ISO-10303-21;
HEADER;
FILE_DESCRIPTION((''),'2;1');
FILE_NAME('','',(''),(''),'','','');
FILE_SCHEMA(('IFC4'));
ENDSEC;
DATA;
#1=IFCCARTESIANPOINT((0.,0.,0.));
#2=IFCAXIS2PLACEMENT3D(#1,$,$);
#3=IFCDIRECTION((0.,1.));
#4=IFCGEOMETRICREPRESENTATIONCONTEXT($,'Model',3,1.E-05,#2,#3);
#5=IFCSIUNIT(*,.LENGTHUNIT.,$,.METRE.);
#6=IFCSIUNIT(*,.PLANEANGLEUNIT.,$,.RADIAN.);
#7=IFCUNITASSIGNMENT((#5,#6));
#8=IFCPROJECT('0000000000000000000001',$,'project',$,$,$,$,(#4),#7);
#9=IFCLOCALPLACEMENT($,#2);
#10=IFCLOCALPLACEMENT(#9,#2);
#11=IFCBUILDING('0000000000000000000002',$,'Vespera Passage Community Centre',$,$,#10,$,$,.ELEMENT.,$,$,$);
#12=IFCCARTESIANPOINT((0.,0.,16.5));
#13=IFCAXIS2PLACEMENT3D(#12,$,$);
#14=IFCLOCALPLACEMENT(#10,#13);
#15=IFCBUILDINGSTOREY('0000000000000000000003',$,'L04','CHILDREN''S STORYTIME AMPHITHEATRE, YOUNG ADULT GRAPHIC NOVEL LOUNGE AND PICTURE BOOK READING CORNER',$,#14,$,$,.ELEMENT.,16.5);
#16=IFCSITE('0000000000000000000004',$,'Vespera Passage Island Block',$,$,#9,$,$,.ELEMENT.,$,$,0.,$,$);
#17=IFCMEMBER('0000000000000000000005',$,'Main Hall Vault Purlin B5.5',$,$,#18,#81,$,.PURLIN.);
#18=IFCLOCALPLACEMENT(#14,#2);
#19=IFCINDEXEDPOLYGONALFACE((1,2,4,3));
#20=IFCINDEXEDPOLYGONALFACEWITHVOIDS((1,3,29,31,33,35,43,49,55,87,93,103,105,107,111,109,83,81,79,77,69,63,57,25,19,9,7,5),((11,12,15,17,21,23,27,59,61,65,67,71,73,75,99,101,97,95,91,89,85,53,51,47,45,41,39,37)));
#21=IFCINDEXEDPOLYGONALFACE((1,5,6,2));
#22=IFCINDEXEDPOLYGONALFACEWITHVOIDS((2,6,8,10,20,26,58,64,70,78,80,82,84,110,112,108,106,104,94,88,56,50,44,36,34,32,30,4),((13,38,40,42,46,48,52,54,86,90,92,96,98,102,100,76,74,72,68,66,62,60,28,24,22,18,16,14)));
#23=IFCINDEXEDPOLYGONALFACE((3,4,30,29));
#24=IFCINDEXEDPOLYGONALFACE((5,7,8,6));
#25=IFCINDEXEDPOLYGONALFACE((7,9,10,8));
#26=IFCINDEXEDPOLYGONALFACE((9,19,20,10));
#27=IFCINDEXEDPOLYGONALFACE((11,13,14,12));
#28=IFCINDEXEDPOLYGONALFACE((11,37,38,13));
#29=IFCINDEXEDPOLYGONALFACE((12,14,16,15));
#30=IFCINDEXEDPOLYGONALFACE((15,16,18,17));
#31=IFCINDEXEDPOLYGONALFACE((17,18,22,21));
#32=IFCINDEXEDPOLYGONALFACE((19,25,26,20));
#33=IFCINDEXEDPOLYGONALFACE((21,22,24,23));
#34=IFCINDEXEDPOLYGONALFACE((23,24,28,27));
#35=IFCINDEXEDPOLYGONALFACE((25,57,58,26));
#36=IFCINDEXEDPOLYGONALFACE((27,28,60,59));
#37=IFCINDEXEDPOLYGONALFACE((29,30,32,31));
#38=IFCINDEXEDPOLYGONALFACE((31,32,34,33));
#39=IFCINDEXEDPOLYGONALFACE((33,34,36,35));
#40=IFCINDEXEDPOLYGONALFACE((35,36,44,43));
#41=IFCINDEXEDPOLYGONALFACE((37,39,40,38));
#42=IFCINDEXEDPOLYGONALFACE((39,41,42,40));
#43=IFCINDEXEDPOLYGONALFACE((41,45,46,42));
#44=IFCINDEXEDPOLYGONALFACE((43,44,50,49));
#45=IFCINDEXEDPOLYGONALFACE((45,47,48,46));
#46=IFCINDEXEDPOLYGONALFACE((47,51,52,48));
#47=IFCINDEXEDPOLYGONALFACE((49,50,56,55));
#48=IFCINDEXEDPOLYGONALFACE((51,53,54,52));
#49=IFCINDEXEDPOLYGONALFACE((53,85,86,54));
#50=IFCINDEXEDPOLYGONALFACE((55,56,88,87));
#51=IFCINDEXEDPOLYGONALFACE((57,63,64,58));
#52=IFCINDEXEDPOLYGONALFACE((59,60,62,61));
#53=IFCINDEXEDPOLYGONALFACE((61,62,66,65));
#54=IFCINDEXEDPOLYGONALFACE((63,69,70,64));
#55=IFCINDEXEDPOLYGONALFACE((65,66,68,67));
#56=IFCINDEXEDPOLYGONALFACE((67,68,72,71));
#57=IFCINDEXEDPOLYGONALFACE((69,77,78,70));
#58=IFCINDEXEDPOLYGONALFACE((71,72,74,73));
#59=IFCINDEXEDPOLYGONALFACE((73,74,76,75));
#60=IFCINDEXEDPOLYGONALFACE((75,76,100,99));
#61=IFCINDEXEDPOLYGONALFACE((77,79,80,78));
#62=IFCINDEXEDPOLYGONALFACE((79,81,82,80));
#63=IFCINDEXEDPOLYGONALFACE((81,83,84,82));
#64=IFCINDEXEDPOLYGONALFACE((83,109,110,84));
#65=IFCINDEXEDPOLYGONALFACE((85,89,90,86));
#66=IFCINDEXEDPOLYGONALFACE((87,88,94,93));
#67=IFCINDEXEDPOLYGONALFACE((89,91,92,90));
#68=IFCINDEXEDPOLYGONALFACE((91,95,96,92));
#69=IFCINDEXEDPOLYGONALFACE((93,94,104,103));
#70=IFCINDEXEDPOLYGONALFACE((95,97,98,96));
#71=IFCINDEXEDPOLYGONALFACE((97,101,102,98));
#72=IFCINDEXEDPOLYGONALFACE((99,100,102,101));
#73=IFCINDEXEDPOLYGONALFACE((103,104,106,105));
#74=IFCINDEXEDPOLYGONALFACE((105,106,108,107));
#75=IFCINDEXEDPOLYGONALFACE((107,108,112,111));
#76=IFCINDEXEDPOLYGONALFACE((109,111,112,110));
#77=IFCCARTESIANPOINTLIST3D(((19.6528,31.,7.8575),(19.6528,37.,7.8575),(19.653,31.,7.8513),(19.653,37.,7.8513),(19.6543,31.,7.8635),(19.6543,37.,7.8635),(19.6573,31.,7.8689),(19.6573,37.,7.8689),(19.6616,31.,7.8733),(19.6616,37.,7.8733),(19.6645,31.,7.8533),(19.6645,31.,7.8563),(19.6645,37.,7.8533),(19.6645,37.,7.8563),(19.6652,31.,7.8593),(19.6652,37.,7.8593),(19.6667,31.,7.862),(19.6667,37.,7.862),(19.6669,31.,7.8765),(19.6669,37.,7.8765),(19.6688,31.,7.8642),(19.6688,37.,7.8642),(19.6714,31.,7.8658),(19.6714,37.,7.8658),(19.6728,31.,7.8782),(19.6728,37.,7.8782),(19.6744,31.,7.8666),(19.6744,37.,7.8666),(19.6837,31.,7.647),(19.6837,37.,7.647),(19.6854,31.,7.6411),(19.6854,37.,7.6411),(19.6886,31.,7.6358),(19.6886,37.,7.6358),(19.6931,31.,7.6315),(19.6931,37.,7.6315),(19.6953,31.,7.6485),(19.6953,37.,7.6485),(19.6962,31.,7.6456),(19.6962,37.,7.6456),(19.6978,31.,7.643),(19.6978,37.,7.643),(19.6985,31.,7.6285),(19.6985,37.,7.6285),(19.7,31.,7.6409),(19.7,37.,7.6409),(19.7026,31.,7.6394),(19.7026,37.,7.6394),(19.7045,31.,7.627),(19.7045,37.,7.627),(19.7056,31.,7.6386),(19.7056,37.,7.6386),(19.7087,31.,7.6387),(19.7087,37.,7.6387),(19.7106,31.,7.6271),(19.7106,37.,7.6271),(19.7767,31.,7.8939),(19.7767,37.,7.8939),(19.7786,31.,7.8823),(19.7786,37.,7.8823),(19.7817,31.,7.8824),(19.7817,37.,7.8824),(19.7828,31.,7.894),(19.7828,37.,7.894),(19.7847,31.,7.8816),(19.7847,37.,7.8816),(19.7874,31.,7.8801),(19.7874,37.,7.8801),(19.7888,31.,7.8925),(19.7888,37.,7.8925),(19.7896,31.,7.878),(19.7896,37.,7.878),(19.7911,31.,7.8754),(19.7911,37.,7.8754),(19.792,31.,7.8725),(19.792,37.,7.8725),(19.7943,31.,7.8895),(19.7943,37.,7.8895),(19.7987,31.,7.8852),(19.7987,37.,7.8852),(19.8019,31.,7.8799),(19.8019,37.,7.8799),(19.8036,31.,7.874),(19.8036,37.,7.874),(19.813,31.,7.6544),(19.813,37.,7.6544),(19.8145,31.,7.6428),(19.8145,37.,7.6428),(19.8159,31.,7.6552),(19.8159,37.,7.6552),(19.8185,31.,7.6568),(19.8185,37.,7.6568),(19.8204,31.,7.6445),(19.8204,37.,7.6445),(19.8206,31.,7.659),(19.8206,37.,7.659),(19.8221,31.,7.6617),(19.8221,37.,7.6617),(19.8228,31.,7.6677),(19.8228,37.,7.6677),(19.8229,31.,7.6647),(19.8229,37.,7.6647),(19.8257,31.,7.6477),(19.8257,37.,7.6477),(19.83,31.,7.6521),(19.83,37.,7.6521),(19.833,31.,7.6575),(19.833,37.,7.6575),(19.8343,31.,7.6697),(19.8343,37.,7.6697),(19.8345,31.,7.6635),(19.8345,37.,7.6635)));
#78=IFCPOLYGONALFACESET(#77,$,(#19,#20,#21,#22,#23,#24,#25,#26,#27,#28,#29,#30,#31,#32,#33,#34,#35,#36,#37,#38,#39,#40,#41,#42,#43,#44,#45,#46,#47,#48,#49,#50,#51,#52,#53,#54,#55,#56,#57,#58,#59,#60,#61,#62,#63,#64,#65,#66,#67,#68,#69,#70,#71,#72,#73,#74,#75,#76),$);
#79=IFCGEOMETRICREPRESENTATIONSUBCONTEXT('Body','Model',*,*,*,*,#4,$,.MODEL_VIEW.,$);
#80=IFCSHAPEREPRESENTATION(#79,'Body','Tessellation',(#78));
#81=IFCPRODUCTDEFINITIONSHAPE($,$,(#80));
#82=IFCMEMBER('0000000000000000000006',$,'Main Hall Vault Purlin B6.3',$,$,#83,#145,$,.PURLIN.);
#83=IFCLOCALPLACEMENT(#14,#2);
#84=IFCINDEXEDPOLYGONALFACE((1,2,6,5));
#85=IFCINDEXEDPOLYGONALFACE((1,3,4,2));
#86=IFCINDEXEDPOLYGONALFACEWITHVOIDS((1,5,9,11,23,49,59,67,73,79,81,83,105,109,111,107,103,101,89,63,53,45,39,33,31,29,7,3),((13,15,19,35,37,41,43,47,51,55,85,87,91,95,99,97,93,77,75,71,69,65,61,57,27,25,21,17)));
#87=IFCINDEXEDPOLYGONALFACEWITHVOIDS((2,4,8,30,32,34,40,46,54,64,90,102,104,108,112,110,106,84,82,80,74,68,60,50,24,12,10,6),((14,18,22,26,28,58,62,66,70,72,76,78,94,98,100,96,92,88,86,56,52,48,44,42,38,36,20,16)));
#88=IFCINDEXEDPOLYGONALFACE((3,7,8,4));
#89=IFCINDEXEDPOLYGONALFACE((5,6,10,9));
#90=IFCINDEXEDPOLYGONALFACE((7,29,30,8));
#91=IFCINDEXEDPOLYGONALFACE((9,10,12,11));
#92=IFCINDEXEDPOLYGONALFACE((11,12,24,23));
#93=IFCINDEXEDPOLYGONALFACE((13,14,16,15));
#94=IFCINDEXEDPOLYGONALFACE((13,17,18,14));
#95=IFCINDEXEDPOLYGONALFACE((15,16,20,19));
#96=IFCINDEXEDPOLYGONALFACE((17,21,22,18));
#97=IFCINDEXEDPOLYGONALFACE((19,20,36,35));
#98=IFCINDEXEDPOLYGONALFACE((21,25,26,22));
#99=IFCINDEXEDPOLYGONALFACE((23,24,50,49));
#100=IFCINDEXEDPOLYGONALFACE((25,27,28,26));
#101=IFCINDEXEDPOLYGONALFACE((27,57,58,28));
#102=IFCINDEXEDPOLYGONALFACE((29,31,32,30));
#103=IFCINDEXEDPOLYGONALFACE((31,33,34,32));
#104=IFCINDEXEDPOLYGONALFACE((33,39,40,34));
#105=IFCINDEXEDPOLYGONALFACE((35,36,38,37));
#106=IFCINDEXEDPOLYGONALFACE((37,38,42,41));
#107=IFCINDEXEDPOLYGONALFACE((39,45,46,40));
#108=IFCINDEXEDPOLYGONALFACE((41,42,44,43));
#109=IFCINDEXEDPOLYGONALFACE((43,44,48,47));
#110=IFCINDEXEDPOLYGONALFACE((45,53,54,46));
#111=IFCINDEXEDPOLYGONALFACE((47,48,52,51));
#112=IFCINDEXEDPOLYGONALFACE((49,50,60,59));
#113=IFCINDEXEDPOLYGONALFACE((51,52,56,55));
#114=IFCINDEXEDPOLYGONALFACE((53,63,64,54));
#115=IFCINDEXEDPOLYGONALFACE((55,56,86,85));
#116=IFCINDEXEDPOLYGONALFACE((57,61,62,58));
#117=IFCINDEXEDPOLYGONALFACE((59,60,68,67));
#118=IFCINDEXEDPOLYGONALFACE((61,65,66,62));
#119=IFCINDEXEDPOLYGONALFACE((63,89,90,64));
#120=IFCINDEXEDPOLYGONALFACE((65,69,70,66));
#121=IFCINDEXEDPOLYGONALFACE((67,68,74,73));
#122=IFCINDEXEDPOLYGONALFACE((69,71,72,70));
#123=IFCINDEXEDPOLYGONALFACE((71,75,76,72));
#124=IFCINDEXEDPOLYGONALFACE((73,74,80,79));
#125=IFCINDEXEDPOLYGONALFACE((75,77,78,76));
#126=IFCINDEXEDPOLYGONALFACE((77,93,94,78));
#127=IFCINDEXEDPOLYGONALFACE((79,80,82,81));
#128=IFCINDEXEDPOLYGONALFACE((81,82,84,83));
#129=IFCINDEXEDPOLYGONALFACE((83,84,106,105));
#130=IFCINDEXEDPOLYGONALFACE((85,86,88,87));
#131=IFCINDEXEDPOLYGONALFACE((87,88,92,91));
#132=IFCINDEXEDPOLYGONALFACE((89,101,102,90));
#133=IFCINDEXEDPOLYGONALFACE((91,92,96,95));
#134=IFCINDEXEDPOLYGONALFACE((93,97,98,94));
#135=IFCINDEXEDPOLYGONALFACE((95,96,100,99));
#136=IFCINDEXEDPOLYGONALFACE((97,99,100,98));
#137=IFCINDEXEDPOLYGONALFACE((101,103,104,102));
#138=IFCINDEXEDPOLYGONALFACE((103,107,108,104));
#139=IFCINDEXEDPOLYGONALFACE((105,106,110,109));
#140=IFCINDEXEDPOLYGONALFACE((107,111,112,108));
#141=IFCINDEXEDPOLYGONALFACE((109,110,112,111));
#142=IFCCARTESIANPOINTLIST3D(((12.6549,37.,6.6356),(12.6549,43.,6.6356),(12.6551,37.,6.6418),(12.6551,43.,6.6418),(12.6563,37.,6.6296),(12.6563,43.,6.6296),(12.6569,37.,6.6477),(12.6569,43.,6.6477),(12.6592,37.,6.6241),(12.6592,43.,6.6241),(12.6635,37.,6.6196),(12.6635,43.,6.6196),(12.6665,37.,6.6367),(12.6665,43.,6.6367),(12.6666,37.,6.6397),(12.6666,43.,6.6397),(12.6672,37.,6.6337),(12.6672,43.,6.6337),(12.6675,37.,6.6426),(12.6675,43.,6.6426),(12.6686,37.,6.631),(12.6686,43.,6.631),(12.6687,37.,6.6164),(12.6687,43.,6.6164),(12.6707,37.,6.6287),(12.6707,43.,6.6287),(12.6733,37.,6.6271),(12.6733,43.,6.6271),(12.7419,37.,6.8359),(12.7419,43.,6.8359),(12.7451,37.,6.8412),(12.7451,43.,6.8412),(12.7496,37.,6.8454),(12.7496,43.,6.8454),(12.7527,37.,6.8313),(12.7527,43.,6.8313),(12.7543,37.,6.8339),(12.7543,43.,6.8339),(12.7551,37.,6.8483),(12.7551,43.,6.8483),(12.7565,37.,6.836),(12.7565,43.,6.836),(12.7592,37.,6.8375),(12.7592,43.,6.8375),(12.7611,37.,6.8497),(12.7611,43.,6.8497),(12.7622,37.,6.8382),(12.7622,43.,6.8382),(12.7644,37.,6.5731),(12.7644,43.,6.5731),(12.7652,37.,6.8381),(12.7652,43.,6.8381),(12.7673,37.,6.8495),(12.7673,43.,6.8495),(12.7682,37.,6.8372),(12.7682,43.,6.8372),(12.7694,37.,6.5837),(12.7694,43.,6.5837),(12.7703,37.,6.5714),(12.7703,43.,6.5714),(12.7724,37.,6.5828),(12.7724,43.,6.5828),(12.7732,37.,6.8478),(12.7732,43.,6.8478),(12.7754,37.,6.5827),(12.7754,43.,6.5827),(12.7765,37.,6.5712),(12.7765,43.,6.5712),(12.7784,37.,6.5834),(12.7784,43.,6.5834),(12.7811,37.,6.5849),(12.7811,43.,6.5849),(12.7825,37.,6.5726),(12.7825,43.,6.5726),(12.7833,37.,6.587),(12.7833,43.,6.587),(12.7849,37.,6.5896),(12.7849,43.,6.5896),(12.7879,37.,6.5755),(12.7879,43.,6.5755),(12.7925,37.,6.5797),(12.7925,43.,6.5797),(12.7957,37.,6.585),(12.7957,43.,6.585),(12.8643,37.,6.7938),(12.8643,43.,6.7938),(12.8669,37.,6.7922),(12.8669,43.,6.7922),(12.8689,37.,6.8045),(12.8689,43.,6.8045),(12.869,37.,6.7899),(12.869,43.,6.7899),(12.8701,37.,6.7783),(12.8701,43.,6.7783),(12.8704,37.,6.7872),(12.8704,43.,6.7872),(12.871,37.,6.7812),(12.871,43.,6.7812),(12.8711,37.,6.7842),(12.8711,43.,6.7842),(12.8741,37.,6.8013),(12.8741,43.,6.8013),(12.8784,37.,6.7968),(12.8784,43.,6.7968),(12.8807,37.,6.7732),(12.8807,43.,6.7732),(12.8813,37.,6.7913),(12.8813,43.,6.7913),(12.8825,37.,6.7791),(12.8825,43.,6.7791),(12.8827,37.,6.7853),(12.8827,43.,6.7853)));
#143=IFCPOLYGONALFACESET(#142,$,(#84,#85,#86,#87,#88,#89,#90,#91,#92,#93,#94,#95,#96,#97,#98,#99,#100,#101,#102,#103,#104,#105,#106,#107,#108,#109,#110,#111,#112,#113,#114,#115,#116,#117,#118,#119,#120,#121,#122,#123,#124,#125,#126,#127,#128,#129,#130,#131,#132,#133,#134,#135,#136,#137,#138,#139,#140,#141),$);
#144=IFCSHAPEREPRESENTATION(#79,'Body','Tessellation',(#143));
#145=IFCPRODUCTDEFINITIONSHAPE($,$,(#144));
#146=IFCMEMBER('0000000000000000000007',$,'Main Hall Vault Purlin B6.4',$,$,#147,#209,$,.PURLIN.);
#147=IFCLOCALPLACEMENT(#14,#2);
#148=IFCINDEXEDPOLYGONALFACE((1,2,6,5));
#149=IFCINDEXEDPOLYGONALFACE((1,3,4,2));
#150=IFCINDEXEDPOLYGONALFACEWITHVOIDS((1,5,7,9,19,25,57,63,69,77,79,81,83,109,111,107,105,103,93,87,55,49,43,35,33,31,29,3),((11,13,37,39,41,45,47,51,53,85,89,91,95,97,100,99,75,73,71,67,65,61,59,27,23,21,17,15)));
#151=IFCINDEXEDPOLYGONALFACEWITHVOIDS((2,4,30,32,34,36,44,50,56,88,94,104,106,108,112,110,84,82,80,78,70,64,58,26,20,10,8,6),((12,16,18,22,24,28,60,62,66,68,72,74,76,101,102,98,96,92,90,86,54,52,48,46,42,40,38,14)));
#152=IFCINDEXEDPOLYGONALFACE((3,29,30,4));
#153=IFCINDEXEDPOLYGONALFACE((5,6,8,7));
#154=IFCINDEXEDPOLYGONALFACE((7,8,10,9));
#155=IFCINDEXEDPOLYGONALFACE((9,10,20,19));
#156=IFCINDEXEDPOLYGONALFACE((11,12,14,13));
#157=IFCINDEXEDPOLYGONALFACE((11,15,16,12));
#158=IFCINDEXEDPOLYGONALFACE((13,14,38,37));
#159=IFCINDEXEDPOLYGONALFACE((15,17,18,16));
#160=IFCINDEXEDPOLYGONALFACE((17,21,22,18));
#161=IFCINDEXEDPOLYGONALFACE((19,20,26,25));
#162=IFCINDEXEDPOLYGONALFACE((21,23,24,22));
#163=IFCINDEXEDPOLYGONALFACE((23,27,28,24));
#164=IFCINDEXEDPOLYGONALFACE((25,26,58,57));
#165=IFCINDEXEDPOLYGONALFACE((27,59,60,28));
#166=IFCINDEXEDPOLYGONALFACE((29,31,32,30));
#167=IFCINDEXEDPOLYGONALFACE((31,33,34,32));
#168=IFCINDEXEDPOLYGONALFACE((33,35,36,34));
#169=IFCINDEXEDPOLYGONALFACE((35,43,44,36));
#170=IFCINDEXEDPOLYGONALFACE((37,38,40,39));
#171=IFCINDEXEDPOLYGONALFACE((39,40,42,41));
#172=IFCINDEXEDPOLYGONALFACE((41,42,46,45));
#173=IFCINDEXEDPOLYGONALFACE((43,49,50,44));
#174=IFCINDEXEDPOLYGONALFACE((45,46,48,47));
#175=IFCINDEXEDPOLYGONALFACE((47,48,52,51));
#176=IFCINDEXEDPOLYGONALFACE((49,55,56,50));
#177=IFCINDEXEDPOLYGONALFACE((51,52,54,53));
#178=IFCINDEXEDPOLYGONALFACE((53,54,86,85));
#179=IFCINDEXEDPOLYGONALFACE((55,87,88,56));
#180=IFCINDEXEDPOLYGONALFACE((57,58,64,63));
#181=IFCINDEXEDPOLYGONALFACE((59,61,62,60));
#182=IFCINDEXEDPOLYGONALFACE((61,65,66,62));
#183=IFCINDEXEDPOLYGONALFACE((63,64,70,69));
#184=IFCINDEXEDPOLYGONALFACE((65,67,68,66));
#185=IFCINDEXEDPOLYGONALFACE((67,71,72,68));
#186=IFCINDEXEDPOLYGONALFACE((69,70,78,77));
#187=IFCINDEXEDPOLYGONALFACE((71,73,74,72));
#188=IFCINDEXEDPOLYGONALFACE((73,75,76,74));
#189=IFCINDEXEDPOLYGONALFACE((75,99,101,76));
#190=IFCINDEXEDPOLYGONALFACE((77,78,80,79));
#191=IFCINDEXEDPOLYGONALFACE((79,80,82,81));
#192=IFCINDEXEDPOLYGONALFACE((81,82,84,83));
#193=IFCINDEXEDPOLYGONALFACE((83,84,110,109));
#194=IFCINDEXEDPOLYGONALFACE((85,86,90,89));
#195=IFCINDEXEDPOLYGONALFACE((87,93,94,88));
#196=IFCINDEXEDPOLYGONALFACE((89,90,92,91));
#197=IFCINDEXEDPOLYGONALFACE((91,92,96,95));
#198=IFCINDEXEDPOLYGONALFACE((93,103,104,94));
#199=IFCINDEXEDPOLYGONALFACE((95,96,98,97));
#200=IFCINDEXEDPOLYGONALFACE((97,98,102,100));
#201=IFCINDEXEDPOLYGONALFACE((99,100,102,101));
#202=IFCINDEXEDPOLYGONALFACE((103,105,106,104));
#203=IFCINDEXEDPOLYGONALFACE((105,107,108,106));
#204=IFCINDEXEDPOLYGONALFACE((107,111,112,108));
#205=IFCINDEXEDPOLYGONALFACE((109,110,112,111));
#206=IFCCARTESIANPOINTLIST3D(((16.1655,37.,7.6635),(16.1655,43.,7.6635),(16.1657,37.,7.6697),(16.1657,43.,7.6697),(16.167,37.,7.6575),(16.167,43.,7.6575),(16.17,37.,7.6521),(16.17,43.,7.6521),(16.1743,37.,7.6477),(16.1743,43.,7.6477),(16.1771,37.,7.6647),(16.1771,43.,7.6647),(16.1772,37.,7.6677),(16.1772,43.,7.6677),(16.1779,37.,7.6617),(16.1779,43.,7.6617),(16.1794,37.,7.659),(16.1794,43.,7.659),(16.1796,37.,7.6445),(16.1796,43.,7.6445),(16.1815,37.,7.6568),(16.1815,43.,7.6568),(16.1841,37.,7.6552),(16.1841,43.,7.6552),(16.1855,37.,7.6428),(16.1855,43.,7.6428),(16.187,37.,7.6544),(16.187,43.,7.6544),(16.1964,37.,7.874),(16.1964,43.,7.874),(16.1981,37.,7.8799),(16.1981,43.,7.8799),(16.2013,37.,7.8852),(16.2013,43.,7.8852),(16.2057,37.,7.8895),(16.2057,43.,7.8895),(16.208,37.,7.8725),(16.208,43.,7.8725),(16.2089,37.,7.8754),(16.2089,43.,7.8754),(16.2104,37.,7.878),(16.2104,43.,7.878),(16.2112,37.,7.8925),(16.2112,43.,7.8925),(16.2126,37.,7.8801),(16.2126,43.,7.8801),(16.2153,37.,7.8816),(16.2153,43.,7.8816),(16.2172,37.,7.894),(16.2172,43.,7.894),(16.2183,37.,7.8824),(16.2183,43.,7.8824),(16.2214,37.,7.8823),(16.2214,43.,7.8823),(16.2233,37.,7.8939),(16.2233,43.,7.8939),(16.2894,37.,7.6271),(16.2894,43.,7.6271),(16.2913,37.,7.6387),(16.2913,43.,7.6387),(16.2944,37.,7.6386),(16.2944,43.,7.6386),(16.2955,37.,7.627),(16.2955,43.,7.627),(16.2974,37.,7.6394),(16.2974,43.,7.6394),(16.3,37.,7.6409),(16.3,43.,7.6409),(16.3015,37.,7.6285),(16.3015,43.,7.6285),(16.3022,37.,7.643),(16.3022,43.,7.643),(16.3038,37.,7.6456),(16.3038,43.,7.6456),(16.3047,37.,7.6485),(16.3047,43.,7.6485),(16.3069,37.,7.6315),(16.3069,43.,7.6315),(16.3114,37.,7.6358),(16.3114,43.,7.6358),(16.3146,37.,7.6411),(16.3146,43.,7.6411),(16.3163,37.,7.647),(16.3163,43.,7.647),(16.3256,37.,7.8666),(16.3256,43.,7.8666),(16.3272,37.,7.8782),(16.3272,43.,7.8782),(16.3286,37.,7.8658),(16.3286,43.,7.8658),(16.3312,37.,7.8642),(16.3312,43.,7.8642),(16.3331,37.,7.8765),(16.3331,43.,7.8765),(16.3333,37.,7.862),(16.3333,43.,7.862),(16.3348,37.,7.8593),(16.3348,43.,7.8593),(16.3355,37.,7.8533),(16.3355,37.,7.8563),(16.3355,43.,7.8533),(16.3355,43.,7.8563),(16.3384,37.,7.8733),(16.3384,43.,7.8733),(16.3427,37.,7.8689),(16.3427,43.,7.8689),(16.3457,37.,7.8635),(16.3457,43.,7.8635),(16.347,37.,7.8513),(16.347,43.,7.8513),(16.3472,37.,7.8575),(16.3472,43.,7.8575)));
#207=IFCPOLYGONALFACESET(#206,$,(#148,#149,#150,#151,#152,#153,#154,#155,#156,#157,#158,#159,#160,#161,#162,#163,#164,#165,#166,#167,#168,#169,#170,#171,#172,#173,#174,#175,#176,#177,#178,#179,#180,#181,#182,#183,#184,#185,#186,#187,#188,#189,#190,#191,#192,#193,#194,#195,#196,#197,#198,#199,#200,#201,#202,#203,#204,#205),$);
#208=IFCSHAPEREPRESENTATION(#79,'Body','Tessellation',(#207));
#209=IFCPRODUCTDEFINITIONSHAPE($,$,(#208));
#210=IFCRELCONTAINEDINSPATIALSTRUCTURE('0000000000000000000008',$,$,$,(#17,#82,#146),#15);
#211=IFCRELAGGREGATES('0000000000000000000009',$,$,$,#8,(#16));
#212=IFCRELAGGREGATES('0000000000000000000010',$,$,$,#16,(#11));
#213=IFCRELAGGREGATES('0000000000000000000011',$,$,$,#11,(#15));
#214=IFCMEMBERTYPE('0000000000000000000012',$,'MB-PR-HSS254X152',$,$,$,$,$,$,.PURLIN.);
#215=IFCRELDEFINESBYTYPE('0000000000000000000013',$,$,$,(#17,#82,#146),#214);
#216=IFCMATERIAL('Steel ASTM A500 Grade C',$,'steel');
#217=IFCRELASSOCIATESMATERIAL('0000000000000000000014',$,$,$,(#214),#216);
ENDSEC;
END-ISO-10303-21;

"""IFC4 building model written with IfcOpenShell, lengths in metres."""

from ifc_helpers import new_model, si_unit, direction, frame, origin, origin_2d, place, context, subcontext, project, spatial, hollow_rectangle, extrude, material, material_profile, profile_set, type_object, element, save


model = new_model("IFC4")

# Units and contexts
model_context = context("Model", 3, precision=1e-05, world=origin(), true_north=direction((0.0, 1.0)))
body_context = subcontext(model_context, "Body", "Model", "MODEL_VIEW")
ifc_project = project(units=[si_unit("LENGTHUNIT", "METRE"), si_unit("PLANEANGLEUNIT", "RADIAN")], contexts=[model_context])

# Site, building, storey
site_placement = place(None, origin())
site = spatial("IfcSite", under=ifc_project, at=site_placement, Name="Vespera Passage Island Block", CompositionType="ELEMENT", RefElevation=0.0)
building_placement = place(site_placement, origin())
building = spatial("IfcBuilding", under=site, at=building_placement, Name="Vespera Passage Community Centre", CompositionType="ELEMENT")
storey_placement = place(building_placement, frame((0.0, 0.0, 16.5)))
storey = spatial("IfcBuildingStorey", under=building, at=storey_placement, Name="L04", Description="CHILDREN'S STORYTIME AMPHITHEATRE, YOUNG ADULT GRAPHIC NOVEL LOUNGE AND PICTURE BOOK READING CORNER", CompositionType="ELEMENT", Elevation=16.5)

# Members
ifc_material_1 = material(Name="Steel ASTM A500 Grade C", Category="steel")
ifc_material_profile_1 = material_profile(ifc_material_1, hollow_rectangle(XDim=0.1523, YDim=0.2539, WallThickness=0.0117, InnerFilletRadius=0.0117, OuterFilletRadius=0.0237, at=origin_2d()), Name="HSS254X152X12.7")
ifc_profile_set_1 = profile_set([ifc_material_profile_1], Name="Steel ASTM A500 Grade C")
member_type_1 = type_object("IfcMemberType", Name="MB-PR-HSS254X152", PredefinedType="PURLIN", material=ifc_profile_set_1)
for number, where, z_axis, x_axis, name in (
    (1, (19.7437, 31.0, 7.7605), (0.0, 1.0, 0.0), (-0.988858, 0.0, -0.148862), "Main Hall Vault Purlin B5.5"),
    (2, (12.7688, 37.0, 6.7104), (0.0, 1.0, 0.0), (-0.911367, 0.0, 0.411594), "Main Hall Vault Purlin B6.3"),
    (3, (16.2563, 37.0, 7.7605), (0.0, 1.0, 0.0), (-0.988858, 0.0, 0.148862), "Main Hall Vault Purlin B6.4"),
):
    element("IfcMember", number, at=place(storey_placement, frame(where, z_axis=z_axis, x_axis=x_axis)), inside=storey, type_object=member_type_1, Name=name, PredefinedType="PURLIN", context=body_context, shape_type="SweptSolid", body=[
        extrude(hollow_rectangle(XDim=0.1523, YDim=0.2539, WallThickness=0.0117, InnerFilletRadius=0.0117, OuterFilletRadius=0.0237, at=origin_2d()), origin(), (0.0, 0.0, 1.0), 6.0),
    ])

save(model, "model.ifc")
